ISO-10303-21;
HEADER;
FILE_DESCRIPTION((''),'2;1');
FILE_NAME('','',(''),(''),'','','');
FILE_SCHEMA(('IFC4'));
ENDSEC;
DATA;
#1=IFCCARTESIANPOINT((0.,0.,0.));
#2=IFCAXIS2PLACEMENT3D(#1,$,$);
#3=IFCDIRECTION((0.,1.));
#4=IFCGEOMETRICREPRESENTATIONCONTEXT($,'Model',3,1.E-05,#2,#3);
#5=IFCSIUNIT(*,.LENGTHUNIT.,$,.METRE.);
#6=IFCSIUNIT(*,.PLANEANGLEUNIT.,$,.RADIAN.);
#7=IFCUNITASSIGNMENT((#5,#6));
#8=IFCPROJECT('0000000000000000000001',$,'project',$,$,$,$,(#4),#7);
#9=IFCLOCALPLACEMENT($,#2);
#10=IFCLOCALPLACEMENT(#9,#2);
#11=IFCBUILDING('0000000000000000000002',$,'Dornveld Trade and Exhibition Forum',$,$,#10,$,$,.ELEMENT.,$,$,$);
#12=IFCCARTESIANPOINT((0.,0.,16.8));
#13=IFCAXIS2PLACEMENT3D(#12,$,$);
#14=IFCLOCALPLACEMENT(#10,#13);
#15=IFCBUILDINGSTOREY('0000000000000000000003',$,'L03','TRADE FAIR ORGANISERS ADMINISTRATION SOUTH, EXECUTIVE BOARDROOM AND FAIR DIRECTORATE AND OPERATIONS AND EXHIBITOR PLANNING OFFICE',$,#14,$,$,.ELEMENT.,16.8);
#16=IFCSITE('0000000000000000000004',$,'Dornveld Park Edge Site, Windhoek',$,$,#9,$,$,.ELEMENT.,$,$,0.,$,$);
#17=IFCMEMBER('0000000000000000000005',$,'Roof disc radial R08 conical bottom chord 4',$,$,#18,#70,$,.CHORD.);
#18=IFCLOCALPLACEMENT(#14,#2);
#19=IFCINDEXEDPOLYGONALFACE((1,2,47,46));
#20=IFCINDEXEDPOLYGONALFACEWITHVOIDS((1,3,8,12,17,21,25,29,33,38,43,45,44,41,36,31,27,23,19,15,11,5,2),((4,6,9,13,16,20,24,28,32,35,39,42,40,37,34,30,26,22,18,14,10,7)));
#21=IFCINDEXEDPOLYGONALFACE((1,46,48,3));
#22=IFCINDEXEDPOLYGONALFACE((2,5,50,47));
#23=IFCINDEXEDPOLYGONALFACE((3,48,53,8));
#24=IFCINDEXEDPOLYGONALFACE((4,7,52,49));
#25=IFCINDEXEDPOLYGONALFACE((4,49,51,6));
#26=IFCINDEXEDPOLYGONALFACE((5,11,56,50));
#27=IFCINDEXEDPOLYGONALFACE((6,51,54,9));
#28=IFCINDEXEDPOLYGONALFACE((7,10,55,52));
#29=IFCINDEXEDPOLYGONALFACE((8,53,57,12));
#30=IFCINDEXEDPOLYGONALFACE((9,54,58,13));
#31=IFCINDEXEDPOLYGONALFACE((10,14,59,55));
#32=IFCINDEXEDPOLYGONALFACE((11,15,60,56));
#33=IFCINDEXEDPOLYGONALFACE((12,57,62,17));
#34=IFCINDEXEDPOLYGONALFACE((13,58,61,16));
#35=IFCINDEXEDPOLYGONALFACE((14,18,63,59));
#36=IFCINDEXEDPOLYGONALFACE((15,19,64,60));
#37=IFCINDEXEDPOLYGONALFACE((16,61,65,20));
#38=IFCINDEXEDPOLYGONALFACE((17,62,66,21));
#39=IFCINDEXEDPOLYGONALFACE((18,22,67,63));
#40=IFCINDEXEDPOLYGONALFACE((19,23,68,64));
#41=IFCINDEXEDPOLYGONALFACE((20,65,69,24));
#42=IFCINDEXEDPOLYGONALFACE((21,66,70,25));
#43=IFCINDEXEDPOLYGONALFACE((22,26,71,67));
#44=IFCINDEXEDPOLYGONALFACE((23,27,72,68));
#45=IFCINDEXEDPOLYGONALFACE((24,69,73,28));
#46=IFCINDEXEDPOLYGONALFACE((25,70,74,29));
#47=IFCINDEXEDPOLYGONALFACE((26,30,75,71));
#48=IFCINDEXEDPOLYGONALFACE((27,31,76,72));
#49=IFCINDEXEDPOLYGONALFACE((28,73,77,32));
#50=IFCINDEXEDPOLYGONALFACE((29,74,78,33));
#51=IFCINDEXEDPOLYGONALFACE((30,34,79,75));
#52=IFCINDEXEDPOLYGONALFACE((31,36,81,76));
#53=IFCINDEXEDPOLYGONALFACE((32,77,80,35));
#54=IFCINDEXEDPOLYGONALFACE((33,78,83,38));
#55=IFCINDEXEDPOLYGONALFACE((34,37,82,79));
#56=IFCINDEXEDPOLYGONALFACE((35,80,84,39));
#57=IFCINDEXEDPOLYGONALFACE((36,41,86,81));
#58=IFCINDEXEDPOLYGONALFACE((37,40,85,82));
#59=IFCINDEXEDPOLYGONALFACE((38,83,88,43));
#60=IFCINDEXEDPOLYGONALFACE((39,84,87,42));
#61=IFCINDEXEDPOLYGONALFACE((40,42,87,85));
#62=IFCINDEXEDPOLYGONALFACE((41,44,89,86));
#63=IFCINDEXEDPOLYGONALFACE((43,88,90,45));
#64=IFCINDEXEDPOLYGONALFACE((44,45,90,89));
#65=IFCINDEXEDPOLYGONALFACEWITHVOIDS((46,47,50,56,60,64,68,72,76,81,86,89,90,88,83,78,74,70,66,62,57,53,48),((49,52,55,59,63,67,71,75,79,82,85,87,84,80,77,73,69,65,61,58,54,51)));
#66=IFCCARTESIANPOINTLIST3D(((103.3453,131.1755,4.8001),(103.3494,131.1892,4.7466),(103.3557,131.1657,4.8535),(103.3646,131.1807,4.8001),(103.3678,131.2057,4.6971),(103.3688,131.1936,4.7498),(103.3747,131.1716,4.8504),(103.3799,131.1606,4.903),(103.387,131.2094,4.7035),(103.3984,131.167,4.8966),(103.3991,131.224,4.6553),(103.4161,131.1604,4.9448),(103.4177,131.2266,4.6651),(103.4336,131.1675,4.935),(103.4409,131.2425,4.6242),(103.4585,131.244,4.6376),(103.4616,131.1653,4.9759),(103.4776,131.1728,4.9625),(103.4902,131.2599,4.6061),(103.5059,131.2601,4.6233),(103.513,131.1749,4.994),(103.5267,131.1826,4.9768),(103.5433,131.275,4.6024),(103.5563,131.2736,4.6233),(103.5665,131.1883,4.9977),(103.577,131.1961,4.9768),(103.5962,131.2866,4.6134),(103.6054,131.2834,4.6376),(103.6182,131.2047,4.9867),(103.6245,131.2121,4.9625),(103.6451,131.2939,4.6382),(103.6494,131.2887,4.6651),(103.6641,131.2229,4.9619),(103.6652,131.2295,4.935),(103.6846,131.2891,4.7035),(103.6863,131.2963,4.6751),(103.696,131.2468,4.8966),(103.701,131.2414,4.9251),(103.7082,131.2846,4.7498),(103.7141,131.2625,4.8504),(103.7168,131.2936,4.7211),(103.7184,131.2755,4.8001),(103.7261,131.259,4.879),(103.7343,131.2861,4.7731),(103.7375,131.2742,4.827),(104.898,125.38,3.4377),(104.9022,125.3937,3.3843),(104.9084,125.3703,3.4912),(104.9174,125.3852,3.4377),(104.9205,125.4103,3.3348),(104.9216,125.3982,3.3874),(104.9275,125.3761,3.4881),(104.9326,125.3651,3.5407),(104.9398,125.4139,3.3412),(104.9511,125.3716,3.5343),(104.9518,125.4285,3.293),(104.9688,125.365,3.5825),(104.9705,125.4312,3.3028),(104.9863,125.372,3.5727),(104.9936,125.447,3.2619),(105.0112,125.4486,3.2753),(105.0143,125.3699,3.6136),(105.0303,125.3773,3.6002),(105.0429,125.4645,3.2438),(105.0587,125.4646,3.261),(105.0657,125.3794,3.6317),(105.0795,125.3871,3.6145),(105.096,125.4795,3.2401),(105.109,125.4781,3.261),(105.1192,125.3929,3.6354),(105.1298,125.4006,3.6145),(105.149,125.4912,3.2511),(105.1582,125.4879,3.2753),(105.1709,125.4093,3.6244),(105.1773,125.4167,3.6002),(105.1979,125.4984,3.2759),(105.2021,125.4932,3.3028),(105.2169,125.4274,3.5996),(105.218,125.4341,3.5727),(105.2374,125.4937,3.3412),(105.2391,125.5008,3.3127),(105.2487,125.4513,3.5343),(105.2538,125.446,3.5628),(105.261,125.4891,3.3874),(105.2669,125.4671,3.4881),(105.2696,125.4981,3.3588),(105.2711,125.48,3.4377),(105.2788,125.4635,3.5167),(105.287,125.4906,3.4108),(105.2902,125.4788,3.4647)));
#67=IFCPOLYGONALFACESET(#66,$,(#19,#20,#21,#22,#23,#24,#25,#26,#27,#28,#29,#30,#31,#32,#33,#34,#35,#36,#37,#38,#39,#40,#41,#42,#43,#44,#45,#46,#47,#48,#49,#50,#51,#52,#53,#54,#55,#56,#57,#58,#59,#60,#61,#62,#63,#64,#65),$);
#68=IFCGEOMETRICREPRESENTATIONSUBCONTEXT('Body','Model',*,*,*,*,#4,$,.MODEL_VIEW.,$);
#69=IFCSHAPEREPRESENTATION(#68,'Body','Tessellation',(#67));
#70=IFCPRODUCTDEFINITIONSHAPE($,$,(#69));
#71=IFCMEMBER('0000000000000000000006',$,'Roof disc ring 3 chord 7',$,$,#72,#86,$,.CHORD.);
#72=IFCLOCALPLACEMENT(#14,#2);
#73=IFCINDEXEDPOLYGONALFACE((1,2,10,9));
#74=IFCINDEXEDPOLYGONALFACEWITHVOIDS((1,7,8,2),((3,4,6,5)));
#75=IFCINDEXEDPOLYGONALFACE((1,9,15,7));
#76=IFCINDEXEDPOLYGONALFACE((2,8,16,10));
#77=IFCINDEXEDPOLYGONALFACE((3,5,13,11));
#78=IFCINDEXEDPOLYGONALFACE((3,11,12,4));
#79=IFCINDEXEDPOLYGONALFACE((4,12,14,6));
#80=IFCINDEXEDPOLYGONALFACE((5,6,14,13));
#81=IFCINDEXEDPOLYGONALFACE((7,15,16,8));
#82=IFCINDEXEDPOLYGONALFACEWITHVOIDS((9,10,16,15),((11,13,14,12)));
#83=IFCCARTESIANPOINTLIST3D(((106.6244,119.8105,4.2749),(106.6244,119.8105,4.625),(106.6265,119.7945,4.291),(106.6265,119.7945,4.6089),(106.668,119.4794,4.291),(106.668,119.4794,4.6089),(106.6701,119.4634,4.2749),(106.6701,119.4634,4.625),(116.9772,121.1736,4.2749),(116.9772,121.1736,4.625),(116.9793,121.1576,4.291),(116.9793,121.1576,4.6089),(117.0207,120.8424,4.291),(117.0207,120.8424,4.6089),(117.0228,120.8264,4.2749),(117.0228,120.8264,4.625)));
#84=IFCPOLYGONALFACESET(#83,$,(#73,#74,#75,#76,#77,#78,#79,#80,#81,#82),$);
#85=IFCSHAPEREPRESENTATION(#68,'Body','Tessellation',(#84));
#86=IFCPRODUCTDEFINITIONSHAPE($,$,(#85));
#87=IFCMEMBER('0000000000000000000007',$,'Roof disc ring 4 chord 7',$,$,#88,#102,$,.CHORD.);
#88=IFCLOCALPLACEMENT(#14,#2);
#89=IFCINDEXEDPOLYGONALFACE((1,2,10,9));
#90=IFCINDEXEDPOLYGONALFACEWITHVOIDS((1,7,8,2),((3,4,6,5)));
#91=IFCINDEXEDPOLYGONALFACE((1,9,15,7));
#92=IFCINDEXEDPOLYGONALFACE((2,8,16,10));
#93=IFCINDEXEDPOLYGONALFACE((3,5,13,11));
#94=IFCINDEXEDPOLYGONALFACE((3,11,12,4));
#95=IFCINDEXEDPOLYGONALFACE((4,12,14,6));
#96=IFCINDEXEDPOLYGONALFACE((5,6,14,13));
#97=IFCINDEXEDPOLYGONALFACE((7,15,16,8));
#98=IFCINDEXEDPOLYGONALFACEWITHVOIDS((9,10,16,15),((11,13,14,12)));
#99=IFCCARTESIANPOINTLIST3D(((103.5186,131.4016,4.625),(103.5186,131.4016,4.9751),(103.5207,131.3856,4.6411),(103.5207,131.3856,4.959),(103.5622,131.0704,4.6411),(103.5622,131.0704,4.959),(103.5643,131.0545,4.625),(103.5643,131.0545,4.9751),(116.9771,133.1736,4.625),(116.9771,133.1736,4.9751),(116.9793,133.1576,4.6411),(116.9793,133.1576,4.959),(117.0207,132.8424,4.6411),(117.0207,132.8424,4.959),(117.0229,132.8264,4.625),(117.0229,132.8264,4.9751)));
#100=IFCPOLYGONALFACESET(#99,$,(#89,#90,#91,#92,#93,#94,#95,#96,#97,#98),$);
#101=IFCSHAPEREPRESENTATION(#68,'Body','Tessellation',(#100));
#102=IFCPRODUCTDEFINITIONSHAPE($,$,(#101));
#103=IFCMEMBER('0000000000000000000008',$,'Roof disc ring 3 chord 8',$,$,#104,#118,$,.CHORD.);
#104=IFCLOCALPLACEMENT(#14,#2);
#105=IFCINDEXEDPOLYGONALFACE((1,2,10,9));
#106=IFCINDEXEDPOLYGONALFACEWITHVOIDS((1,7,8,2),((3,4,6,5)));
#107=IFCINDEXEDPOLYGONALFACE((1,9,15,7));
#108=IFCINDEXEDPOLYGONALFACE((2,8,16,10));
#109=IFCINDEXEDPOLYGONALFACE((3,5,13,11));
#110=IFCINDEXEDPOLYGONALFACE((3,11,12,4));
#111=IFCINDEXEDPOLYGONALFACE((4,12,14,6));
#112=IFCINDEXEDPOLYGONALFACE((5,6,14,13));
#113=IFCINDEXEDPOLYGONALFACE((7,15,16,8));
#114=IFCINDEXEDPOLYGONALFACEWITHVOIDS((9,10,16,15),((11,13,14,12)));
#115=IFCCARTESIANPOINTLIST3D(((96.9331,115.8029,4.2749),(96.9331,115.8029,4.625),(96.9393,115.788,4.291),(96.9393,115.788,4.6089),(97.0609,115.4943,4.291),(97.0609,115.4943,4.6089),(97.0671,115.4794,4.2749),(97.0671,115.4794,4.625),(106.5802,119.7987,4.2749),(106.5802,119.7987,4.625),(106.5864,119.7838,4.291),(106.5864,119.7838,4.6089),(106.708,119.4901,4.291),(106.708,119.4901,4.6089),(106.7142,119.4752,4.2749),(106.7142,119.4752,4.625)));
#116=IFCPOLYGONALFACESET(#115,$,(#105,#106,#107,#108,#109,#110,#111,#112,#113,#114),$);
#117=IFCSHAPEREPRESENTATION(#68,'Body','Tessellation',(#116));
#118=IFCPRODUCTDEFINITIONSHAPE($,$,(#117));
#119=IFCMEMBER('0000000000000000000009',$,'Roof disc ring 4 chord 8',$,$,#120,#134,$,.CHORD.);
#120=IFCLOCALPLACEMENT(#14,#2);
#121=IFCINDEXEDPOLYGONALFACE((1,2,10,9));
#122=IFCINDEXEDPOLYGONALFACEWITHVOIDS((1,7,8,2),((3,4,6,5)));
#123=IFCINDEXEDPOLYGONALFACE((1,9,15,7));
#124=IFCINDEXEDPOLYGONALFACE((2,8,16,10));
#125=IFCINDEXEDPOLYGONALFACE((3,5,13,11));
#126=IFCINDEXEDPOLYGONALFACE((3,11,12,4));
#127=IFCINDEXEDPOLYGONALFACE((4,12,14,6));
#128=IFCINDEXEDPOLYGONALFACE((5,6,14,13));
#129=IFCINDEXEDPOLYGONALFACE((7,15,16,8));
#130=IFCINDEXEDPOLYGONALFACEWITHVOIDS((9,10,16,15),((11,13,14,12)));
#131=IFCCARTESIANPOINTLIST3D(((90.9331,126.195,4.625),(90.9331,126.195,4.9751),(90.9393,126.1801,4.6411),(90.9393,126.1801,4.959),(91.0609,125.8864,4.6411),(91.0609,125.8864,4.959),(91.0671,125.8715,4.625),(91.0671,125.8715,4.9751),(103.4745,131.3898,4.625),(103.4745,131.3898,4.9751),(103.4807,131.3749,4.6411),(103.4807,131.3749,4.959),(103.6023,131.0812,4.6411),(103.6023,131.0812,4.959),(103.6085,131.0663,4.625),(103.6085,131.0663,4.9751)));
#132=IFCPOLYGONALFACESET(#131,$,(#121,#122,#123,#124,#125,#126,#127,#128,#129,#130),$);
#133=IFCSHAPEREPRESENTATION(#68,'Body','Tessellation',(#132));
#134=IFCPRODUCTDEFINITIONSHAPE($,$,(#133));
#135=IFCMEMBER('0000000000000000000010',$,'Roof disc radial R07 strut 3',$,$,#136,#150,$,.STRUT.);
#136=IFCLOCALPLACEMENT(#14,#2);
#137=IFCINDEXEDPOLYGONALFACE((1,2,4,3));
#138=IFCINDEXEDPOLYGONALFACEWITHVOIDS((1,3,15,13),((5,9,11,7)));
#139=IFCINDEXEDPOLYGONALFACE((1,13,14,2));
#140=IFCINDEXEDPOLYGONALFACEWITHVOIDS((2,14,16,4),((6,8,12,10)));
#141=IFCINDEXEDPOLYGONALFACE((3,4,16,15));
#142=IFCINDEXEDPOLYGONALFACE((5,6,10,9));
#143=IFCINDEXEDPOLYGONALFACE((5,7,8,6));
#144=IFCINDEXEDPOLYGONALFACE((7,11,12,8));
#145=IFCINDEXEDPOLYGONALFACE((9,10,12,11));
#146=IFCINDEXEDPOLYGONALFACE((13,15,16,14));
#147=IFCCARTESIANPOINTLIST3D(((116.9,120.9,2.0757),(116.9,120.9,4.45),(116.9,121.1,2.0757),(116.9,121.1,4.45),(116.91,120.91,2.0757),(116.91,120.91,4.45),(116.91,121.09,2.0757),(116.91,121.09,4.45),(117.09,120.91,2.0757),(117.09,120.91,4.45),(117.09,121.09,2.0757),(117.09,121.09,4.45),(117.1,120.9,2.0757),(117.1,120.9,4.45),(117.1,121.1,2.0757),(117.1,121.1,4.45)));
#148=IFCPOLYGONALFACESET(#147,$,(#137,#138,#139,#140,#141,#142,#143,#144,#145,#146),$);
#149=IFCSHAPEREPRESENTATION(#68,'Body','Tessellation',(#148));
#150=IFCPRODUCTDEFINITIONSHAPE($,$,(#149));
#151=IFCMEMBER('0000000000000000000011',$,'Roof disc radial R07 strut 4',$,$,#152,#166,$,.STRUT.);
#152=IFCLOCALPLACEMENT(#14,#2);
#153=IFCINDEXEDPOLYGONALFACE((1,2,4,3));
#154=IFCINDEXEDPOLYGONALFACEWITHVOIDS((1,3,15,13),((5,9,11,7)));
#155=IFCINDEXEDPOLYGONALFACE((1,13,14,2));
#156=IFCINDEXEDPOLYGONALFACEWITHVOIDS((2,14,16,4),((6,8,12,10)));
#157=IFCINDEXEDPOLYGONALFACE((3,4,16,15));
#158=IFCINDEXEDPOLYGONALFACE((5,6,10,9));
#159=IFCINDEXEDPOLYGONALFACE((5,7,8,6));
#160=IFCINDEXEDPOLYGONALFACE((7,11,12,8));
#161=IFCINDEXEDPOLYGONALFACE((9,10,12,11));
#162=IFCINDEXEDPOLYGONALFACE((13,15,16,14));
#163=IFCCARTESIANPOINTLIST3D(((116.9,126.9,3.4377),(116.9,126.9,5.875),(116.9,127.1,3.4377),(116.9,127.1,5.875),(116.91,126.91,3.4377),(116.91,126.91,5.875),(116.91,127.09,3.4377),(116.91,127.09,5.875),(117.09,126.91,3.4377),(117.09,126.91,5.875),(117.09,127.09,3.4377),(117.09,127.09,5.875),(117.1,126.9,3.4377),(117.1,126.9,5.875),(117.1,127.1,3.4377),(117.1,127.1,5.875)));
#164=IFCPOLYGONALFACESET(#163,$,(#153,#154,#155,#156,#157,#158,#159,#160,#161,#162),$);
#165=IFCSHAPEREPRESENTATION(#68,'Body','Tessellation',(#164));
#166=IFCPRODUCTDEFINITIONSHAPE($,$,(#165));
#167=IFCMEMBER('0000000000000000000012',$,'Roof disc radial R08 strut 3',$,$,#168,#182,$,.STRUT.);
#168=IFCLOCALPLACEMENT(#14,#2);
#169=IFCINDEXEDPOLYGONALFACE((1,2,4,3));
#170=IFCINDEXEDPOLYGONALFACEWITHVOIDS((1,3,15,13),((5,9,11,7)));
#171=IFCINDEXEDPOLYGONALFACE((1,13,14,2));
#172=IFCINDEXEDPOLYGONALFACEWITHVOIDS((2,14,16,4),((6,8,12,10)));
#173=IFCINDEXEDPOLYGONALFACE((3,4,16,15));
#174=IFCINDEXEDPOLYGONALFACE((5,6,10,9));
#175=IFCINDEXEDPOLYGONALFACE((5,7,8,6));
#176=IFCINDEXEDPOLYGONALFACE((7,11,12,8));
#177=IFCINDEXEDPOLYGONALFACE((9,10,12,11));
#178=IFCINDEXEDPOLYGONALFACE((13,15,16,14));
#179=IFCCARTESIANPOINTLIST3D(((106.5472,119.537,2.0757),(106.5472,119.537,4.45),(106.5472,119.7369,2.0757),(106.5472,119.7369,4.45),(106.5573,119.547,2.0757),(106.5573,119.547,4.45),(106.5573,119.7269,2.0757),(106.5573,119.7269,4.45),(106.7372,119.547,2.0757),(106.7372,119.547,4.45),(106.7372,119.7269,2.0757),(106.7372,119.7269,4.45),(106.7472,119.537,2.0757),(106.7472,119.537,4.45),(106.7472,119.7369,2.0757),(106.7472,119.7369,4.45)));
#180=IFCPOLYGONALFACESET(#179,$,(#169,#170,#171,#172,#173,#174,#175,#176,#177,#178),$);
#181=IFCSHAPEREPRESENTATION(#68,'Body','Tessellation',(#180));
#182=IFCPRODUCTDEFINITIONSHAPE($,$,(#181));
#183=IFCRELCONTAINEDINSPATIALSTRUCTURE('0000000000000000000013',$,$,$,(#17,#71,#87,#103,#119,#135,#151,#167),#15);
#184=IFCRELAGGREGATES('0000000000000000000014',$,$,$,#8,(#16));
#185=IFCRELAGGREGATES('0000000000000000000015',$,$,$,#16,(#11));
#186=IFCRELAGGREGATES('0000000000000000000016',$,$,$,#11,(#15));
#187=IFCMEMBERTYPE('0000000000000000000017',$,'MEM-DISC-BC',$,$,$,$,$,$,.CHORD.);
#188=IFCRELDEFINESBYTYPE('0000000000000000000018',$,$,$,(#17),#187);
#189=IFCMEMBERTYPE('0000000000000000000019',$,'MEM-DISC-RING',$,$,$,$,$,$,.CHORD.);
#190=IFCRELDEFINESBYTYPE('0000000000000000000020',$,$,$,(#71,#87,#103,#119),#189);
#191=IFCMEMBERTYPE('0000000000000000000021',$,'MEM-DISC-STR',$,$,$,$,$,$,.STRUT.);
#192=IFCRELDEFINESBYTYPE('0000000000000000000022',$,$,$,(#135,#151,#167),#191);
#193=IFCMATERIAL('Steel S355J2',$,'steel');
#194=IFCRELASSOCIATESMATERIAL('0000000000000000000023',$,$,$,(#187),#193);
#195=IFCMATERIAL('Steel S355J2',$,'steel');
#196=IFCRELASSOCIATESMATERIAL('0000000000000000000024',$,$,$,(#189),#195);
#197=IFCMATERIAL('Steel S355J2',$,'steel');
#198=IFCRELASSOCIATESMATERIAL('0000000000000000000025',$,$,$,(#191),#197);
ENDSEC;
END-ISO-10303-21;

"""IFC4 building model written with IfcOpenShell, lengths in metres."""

from ifc_helpers import new_model, si_unit, direction, frame, origin, origin_2d, place, context, subcontext, project, spatial, hollow_rectangle, hollow_circle, extrude, material, material_profile, profile_set, type_object, element, save


model = new_model("IFC4")

# Units and contexts
model_context = context("Model", 3, precision=1e-05, world=origin(), true_north=direction((0.0, 1.0)))
body_context = subcontext(model_context, "Body", "Model", "MODEL_VIEW")
ifc_project = project(units=[si_unit("LENGTHUNIT", "METRE"), si_unit("PLANEANGLEUNIT", "RADIAN")], contexts=[model_context])

# Site, building, storey
site_placement = place(None, origin())
site = spatial("IfcSite", under=ifc_project, at=site_placement, Name="Dornveld Park Edge Site, Windhoek", CompositionType="ELEMENT", RefElevation=0.0)
building_placement = place(site_placement, origin())
building = spatial("IfcBuilding", under=site, at=building_placement, Name="Dornveld Trade and Exhibition Forum", CompositionType="ELEMENT")
storey_placement = place(building_placement, frame((0.0, 0.0, 16.8)))
storey = spatial("IfcBuildingStorey", under=building, at=storey_placement, Name="L03", Description="TRADE FAIR ORGANISERS ADMINISTRATION SOUTH, EXECUTIVE BOARDROOM AND FAIR DIRECTORATE AND OPERATIONS AND EXHIBITOR PLANNING OFFICE", CompositionType="ELEMENT", Elevation=16.8)

# Members
ifc_material_1 = material(Name="Steel S355J2", Category="steel")
ifc_material_profile_1 = material_profile(ifc_material_1, hollow_circle(Radius=0.2031, WallThickness=0.02, at=origin_2d()), Name="CHS 406.4x20")
ifc_profile_set_1 = profile_set([ifc_material_profile_1], Name="Steel S355J2")
member_type_1 = type_object("IfcMemberType", Name="MEM-DISC-BC", PredefinedType="CHORD", material=ifc_profile_set_1)
member_1_placement = place(storey_placement, frame((105.0942, 125.4326, 3.4377), z_axis=(-0.252373, 0.941955, 0.221422), x_axis=(-0.965932, -0.258797, 0.0)))
element("IfcMember", 1, at=member_1_placement, inside=storey, type_object=member_type_1, Name="Roof disc radial R08 conical bottom chord 4", PredefinedType="CHORD", context=body_context, shape_type="SweptSolid", body=[
    extrude(hollow_circle(Radius=0.2031, WallThickness=0.02, at=origin_2d()), origin(), (0.0, 0.0, 1.0), 6.1526),
])
ifc_material_2 = material(Name="Steel S355J2", Category="steel")
ifc_material_profile_2 = material_profile(ifc_material_2, hollow_rectangle(XDim=0.3501, YDim=0.3501, WallThickness=0.0161, at=origin_2d()), Name="SHS 350x350x16")
ifc_profile_set_2 = profile_set([ifc_material_profile_2], Name="Steel S355J2")
member_type_2 = type_object("IfcMemberType", Name="MEM-DISC-RING", PredefinedType="CHORD", material=ifc_profile_set_2)
member_2_placement = place(storey_placement, frame((117.0, 121.0, 4.45), z_axis=(-0.991444, -0.130533, 0.0), x_axis=(0.130533, -0.991444, 0.0)))
element("IfcMember", 2, at=member_2_placement, inside=storey, type_object=member_type_2, Name="Roof disc ring 3 chord 7", PredefinedType="CHORD", context=body_context, shape_type="SweptSolid", body=[
    extrude(hollow_rectangle(XDim=0.3501, YDim=0.3501, WallThickness=0.0161, at=origin_2d()), origin(), (0.0, 0.0, 1.0), 10.4421),
])
member_3_placement = place(storey_placement, frame((117.0, 133.0, 4.8), z_axis=(-0.991444, -0.130535, 0.0), x_axis=(0.130535, -0.991444, 0.0)))
element("IfcMember", 3, at=member_3_placement, inside=storey, type_object=member_type_2, Name="Roof disc ring 4 chord 7", PredefinedType="CHORD", context=body_context, shape_type="SweptSolid", body=[
    extrude(hollow_rectangle(XDim=0.3501, YDim=0.3501, WallThickness=0.0161, at=origin_2d()), origin(), (0.0, 0.0, 1.0), 13.5747),
])
member_4_placement = place(storey_placement, frame((106.6472, 119.637, 4.45), z_axis=(-0.923885, -0.38267, 0.0), x_axis=(0.38267, -0.923885, 0.0)))
element("IfcMember", 4, at=member_4_placement, inside=storey, type_object=member_type_2, Name="Roof disc ring 3 chord 8", PredefinedType="CHORD", context=body_context, shape_type="SweptSolid", body=[
    extrude(hollow_rectangle(XDim=0.3501, YDim=0.3501, WallThickness=0.0161, at=origin_2d()), origin(), (0.0, 0.0, 1.0), 10.4419),
])
member_5_placement = place(storey_placement, frame((103.5415, 131.228, 4.8), z_axis=(-0.92388, -0.382681, 0.0), x_axis=(0.382681, -0.92388, 0.0)))
element("IfcMember", 5, at=member_5_placement, inside=storey, type_object=member_type_2, Name="Roof disc ring 4 chord 8", PredefinedType="CHORD", context=body_context, shape_type="SweptSolid", body=[
    extrude(hollow_rectangle(XDim=0.3501, YDim=0.3501, WallThickness=0.0161, at=origin_2d()), origin(), (0.0, 0.0, 1.0), 13.5747),
])
ifc_material_3 = material(Name="Steel S355J2", Category="steel")
ifc_material_profile_3 = material_profile(ifc_material_3, hollow_rectangle(XDim=0.2, YDim=0.2, WallThickness=0.01, at=origin_2d()), Name="SHS 200x200x10")
ifc_profile_set_3 = profile_set([ifc_material_profile_3], Name="Steel S355J2")
member_type_3 = type_object("IfcMemberType", Name="MEM-DISC-STR", PredefinedType="STRUT", material=ifc_profile_set_3)
member_6_placement = place(storey_placement, frame((117.0, 121.0, 2.0757), z_axis=(0.0, 0.0, 1.0), x_axis=(1.0, 0.0, 0.0)))
element("IfcMember", 6, at=member_6_placement, inside=storey, type_object=member_type_3, Name="Roof disc radial R07 strut 3", PredefinedType="STRUT", context=body_context, shape_type="SweptSolid", body=[
    extrude(hollow_rectangle(XDim=0.2, YDim=0.2, WallThickness=0.01, at=origin_2d()), origin(), (0.0, 0.0, 1.0), 2.3743),
])
member_7_placement = place(storey_placement, frame((117.0, 127.0, 3.4377), z_axis=(0.0, 0.0, 1.0), x_axis=(1.0, 0.0, 0.0)))
element("IfcMember", 7, at=member_7_placement, inside=storey, type_object=member_type_3, Name="Roof disc radial R07 strut 4", PredefinedType="STRUT", context=body_context, shape_type="SweptSolid", body=[
    extrude(hollow_rectangle(XDim=0.2, YDim=0.2, WallThickness=0.01, at=origin_2d()), origin(), (0.0, 0.0, 1.0), 2.4373),
])
member_8_placement = place(storey_placement, frame((106.6472, 119.637, 2.0757), z_axis=(0.0, 0.0, 1.0), x_axis=(1.0, 0.0, 0.0)))
element("IfcMember", 8, at=member_8_placement, inside=storey, type_object=member_type_3, Name="Roof disc radial R08 strut 3", PredefinedType="STRUT", context=body_context, shape_type="SweptSolid", body=[
    extrude(hollow_rectangle(XDim=0.2, YDim=0.2, WallThickness=0.01, at=origin_2d()), origin(), (0.0, 0.0, 1.0), 2.3743),
])

save(model, "model.ifc")
